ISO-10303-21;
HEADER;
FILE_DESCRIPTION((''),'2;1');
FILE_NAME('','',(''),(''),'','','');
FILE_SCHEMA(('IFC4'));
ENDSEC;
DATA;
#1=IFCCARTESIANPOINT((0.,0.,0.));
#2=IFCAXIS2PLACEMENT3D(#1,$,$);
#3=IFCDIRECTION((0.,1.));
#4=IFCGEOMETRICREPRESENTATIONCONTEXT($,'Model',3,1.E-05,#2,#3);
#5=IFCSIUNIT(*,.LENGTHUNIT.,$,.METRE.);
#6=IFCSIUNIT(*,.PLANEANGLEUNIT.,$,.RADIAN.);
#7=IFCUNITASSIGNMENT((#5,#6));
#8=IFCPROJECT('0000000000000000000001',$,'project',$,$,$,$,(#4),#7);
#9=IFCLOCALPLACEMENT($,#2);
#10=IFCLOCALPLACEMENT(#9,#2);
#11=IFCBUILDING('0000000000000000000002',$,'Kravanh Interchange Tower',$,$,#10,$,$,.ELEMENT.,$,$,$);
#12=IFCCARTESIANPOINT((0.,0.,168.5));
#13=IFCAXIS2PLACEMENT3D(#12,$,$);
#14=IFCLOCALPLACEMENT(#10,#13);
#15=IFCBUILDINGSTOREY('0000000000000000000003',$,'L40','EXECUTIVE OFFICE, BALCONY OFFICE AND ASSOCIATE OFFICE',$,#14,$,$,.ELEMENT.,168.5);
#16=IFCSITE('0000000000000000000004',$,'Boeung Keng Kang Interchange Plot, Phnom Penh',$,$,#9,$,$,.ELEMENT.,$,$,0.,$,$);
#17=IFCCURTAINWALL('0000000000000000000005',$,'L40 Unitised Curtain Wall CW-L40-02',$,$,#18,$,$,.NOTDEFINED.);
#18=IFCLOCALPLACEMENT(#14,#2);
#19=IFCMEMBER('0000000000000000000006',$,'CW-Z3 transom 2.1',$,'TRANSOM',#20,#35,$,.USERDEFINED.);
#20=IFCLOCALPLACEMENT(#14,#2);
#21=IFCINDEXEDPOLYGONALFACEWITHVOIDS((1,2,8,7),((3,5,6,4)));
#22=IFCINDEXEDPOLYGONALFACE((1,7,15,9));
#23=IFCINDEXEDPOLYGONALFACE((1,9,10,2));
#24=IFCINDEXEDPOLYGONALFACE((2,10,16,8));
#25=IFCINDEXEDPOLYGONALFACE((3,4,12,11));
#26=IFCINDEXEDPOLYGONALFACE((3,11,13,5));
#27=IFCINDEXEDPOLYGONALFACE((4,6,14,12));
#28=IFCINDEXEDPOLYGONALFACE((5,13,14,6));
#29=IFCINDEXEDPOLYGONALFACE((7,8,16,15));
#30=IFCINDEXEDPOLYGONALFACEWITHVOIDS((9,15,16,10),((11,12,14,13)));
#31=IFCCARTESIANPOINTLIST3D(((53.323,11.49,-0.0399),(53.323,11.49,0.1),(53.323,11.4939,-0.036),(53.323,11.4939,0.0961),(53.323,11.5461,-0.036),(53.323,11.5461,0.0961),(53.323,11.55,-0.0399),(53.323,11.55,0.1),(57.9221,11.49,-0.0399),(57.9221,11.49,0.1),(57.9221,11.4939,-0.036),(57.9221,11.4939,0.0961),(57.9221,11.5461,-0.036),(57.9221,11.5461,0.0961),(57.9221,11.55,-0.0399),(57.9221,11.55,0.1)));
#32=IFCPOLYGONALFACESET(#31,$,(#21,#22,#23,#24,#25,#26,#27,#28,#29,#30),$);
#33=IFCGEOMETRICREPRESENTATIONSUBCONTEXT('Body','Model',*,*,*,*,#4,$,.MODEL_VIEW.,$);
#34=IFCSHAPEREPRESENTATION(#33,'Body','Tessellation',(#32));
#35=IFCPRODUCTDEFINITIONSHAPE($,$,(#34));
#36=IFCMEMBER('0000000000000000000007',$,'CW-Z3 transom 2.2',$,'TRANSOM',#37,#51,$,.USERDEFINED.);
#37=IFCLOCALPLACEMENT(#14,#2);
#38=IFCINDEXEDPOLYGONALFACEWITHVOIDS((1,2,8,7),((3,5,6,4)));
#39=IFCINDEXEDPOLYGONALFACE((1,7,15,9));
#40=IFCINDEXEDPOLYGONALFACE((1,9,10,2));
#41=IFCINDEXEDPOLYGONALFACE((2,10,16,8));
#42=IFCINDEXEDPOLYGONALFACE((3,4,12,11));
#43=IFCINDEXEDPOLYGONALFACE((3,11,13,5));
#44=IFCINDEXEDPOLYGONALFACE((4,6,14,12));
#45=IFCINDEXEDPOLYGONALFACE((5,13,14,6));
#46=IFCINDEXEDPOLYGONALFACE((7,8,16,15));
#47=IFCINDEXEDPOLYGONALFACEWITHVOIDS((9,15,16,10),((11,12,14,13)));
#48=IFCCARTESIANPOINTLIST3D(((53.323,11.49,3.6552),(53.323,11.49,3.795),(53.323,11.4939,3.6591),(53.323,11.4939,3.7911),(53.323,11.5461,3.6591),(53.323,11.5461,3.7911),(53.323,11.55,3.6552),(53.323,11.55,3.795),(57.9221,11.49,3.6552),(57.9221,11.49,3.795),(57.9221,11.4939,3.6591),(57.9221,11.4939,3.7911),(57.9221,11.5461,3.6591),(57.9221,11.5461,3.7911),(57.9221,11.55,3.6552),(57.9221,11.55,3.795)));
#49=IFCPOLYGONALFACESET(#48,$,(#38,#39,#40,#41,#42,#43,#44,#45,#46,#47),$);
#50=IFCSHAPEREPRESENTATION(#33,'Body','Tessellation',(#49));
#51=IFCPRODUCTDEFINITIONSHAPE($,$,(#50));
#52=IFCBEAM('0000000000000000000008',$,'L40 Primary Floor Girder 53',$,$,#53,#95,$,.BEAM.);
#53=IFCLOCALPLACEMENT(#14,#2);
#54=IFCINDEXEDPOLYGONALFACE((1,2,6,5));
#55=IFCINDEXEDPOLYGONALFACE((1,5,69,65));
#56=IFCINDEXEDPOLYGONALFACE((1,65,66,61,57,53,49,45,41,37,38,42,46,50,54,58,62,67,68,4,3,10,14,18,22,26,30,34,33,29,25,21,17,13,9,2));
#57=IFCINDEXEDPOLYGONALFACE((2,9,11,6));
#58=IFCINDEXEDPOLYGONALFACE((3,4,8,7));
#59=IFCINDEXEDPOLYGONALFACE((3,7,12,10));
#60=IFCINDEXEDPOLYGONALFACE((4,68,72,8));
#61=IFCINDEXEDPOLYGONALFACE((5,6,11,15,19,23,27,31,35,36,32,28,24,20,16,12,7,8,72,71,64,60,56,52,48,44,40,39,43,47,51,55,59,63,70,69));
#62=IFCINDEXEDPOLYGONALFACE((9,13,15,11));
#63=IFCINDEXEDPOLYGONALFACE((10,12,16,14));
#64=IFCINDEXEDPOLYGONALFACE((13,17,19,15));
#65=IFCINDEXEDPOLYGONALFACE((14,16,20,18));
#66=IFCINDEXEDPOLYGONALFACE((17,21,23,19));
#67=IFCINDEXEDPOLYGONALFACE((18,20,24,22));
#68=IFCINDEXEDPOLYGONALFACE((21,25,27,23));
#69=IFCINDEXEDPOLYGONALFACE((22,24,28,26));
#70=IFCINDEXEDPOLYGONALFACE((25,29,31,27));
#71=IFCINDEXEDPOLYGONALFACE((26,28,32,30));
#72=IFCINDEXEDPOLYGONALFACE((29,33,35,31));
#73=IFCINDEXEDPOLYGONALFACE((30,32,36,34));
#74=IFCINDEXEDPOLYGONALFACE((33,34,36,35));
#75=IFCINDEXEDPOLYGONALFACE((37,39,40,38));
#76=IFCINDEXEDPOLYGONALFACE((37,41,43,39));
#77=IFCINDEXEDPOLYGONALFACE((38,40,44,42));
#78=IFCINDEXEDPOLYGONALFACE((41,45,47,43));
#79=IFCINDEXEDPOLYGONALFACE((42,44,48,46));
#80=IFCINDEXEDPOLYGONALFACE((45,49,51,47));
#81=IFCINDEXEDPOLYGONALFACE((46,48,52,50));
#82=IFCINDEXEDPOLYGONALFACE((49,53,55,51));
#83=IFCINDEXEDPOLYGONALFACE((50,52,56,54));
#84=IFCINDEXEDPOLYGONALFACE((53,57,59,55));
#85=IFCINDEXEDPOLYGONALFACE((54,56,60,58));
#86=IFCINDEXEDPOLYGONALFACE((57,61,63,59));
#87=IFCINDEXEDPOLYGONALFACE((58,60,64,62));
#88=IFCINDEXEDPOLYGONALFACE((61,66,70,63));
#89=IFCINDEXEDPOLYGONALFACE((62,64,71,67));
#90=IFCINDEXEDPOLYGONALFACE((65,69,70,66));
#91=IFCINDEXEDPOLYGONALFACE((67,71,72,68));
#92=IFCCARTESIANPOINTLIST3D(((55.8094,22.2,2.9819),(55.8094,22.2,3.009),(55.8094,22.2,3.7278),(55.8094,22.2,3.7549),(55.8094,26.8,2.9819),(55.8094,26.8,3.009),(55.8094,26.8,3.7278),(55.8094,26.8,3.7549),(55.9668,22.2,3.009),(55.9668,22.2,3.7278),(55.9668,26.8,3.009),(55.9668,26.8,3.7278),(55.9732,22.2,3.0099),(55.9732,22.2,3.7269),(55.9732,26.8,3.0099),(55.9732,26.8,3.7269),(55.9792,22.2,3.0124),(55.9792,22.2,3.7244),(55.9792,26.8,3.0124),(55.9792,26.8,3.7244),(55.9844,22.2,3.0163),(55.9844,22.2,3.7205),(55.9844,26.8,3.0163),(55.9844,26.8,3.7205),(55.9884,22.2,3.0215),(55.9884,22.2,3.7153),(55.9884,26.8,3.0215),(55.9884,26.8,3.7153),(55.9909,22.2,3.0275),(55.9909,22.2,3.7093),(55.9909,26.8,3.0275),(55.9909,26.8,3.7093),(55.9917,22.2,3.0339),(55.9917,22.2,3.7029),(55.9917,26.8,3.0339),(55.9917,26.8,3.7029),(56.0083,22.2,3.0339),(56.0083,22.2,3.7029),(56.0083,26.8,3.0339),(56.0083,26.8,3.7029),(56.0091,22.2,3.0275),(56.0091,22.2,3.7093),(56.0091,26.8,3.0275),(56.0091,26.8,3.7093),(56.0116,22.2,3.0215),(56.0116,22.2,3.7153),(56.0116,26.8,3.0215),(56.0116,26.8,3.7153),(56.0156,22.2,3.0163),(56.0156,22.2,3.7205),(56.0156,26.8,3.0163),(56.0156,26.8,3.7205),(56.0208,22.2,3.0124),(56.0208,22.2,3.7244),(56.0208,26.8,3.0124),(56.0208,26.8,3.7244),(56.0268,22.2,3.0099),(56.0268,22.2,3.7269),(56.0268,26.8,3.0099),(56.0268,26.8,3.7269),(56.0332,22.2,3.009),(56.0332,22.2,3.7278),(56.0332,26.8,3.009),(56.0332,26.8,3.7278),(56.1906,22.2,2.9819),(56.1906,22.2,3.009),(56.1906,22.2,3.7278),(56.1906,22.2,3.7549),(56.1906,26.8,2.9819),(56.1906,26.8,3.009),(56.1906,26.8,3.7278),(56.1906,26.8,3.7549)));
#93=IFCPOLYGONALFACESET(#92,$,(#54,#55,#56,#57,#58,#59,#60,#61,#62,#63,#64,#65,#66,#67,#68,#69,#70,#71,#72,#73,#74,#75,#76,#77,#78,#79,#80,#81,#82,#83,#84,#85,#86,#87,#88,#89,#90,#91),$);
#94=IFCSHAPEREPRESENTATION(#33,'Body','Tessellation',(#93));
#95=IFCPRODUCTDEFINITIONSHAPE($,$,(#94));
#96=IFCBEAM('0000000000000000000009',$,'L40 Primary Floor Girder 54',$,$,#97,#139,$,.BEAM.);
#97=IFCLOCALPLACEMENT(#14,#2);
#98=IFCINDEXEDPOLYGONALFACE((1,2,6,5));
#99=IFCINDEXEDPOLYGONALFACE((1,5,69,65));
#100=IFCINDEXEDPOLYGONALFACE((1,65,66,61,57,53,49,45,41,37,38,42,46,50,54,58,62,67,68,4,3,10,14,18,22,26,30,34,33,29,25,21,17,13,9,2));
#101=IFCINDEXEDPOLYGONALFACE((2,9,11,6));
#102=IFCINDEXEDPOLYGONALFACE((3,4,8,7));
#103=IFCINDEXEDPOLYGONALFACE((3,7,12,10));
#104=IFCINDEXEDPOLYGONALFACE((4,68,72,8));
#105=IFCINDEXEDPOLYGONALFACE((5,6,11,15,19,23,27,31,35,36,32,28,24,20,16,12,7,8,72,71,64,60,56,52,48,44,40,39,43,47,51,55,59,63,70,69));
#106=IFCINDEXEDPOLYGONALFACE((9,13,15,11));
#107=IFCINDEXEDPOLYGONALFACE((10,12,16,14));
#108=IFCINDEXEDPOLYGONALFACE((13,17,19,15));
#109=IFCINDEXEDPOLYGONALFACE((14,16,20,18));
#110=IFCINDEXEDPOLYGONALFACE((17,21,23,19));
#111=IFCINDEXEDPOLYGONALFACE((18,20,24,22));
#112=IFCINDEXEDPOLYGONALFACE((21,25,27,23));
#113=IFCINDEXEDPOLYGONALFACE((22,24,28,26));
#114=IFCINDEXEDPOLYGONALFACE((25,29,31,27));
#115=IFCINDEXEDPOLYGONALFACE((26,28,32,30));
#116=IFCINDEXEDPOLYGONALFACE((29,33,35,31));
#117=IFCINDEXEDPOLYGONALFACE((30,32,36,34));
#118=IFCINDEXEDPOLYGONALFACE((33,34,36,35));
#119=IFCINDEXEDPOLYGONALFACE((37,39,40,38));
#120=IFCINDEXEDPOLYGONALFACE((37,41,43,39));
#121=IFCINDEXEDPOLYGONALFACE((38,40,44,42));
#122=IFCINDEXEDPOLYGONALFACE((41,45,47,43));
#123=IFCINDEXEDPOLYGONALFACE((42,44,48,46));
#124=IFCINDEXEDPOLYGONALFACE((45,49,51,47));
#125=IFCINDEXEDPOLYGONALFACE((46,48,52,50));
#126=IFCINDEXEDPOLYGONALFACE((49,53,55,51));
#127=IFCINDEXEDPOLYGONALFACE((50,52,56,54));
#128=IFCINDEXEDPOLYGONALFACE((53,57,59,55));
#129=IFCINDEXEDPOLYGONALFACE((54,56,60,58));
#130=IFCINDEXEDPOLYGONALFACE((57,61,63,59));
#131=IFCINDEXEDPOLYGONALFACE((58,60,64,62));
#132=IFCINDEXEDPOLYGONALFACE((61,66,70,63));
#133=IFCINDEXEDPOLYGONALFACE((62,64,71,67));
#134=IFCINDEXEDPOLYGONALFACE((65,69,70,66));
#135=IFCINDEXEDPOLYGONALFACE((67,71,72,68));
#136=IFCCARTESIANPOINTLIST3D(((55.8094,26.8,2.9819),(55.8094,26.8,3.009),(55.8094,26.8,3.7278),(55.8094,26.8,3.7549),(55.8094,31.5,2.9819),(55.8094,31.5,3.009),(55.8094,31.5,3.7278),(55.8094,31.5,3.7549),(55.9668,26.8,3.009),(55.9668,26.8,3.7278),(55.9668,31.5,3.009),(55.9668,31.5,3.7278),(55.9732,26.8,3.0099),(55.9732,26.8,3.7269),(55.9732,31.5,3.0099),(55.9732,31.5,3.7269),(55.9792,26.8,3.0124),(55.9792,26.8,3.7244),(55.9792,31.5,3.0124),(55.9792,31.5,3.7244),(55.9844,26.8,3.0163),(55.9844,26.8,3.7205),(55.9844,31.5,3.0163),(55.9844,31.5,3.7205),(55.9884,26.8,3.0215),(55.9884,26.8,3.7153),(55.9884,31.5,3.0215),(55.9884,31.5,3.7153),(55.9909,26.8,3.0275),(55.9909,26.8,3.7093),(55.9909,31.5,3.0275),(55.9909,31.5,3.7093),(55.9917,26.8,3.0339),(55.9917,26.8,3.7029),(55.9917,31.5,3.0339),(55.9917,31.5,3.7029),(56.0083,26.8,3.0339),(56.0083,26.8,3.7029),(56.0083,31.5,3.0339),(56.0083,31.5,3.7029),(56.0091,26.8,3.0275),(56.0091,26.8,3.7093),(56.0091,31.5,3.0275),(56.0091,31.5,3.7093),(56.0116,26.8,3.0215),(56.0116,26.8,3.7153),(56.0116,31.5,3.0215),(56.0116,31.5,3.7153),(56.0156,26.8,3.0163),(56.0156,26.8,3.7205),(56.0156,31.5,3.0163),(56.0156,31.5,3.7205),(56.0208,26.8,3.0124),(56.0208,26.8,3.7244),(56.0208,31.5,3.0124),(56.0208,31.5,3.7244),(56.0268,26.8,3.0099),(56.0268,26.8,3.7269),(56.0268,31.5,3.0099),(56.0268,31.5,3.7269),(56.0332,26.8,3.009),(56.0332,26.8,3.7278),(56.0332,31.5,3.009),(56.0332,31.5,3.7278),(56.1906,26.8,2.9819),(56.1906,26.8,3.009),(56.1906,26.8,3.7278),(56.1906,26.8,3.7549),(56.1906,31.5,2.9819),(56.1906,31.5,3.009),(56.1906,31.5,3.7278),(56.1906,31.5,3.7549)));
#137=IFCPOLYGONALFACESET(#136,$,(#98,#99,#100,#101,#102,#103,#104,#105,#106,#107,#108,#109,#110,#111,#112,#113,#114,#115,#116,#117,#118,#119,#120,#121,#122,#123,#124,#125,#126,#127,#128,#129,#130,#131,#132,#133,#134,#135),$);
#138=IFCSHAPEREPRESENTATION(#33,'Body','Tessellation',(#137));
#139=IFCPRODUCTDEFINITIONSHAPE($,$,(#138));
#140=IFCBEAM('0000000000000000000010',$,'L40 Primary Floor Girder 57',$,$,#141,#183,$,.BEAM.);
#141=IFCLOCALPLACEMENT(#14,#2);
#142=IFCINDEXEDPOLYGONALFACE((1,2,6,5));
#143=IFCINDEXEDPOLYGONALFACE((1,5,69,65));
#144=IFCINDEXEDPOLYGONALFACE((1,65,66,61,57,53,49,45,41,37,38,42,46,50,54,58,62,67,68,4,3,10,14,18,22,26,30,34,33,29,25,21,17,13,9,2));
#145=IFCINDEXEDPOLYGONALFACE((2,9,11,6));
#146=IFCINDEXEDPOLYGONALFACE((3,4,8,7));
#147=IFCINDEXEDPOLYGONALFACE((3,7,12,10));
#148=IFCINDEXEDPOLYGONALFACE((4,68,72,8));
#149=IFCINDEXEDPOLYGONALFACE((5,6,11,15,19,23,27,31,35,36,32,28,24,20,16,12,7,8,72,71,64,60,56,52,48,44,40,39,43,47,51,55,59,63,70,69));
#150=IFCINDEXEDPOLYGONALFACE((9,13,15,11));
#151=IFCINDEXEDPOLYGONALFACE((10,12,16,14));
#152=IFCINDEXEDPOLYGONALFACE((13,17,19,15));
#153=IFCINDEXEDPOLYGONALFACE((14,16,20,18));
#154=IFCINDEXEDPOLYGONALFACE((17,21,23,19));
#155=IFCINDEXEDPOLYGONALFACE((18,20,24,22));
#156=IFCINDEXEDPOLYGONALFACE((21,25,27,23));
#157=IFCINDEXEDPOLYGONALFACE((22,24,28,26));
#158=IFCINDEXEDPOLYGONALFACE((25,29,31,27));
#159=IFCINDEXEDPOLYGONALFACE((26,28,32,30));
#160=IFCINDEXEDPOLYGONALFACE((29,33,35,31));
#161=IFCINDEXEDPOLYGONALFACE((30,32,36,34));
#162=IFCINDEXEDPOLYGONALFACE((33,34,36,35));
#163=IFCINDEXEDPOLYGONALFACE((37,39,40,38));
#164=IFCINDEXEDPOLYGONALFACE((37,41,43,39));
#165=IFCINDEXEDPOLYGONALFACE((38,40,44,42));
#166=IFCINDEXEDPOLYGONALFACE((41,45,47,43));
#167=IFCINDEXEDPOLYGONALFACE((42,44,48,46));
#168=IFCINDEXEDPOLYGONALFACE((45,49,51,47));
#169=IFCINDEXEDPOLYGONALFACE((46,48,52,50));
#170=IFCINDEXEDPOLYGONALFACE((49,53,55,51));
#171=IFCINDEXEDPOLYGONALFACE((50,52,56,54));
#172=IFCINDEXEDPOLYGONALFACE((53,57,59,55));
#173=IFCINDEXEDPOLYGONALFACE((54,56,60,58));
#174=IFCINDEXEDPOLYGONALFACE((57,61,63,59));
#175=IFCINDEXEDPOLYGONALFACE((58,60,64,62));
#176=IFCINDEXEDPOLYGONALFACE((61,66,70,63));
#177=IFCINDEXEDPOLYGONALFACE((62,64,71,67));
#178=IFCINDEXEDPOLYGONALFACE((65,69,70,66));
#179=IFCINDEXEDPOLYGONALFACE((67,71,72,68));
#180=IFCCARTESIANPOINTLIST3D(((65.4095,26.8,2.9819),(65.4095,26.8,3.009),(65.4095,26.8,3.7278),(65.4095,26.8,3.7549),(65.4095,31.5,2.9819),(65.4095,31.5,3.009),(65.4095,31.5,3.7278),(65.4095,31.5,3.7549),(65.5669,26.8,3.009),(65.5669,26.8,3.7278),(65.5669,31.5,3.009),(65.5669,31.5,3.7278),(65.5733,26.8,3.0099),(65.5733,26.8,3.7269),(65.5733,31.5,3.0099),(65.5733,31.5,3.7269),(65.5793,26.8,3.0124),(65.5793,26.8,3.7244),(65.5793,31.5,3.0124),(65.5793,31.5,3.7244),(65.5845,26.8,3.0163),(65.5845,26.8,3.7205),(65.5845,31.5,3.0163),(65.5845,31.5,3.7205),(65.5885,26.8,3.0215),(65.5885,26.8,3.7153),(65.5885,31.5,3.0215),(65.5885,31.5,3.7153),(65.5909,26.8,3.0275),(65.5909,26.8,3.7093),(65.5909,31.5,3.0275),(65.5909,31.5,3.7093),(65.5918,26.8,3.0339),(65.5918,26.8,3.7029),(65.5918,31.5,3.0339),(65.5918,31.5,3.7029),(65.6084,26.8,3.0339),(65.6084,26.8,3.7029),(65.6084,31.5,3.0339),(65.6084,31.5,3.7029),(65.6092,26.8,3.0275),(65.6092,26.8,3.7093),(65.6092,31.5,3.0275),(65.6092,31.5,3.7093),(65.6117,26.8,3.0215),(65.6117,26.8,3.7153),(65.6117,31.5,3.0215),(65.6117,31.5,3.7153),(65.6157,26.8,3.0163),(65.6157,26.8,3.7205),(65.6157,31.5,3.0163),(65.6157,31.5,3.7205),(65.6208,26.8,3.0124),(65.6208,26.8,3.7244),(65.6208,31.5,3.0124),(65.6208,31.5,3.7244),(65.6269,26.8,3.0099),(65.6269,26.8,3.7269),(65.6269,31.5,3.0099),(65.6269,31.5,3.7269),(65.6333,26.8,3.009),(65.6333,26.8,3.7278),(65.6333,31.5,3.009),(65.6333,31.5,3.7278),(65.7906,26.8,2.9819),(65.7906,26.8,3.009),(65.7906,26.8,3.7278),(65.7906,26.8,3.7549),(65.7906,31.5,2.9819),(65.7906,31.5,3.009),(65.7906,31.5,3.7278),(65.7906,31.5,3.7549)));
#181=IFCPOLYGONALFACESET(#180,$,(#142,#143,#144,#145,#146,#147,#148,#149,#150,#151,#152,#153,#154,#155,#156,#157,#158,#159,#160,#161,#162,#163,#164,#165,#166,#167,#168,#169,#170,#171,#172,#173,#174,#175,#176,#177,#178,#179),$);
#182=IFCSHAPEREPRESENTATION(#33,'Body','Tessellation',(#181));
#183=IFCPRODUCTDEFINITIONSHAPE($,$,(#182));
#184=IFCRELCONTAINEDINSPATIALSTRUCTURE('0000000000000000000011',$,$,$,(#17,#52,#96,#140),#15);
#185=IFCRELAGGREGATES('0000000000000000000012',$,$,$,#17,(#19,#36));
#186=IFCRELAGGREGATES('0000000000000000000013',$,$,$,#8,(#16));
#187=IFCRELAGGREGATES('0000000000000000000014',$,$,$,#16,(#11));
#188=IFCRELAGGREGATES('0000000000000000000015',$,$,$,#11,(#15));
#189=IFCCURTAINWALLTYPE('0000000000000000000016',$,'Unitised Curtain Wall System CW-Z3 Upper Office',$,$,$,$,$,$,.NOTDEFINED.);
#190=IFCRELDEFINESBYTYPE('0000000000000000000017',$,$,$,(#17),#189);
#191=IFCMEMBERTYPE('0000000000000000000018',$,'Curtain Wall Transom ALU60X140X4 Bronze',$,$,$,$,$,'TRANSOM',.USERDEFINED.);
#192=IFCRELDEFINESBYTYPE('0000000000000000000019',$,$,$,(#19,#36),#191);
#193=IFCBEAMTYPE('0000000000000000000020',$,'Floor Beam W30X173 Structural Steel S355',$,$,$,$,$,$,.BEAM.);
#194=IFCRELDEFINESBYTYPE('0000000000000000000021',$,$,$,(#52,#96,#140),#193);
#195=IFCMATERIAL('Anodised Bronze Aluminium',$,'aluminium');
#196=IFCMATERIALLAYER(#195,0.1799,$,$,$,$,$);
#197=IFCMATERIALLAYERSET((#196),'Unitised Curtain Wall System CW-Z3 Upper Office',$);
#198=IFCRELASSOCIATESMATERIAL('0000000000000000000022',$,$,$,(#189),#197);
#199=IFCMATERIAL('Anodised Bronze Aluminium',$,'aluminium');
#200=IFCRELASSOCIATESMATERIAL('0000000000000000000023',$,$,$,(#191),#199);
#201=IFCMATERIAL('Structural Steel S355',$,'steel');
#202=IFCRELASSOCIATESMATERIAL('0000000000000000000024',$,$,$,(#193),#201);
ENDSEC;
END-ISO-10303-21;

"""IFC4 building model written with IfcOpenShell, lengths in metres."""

from ifc_helpers import new_model, si_unit, direction, frame, origin, origin_2d, place, context, subcontext, project, spatial, hollow_rectangle, i_section, extrude, material, layer, layer_set, material_profile, profile_set, type_object, element, aggregate, save


model = new_model("IFC4")

# Units and contexts
model_context = context("Model", 3, precision=1e-05, world=origin(), true_north=direction((0.0, 1.0)))
body_context = subcontext(model_context, "Body", "Model", "MODEL_VIEW")
ifc_project = project(units=[si_unit("LENGTHUNIT", "METRE"), si_unit("PLANEANGLEUNIT", "RADIAN")], contexts=[model_context])

# Site, building, storey
site_placement = place(None, origin())
site = spatial("IfcSite", under=ifc_project, at=site_placement, Name="Boeung Keng Kang Interchange Plot, Phnom Penh", CompositionType="ELEMENT", RefElevation=0.0)
building_placement = place(site_placement, origin())
building = spatial("IfcBuilding", under=site, at=building_placement, Name="Kravanh Interchange Tower", CompositionType="ELEMENT")
storey_placement = place(building_placement, frame((0.0, 0.0, 168.5)))
storey = spatial("IfcBuildingStorey", under=building, at=storey_placement, Name="L40", Description="EXECUTIVE OFFICE, BALCONY OFFICE AND ASSOCIATE OFFICE", CompositionType="ELEMENT", Elevation=168.5)

# Curtain wall
ifc_material_1 = material(Name="Anodised Bronze Aluminium", Category="aluminium")
ifc_layer_1 = layer(ifc_material_1, 0.1799)
ifc_layer_set_1 = layer_set([ifc_layer_1], Name="Unitised Curtain Wall System CW-Z3 Upper Office")
curtain_wall_type = type_object("IfcCurtainWallType", Name="Unitised Curtain Wall System CW-Z3 Upper Office", PredefinedType="NOTDEFINED", material=ifc_layer_set_1)
curtain_wall_1_placement = place(storey_placement, origin())
curtain_wall_1 = element("IfcCurtainWall", 1, at=curtain_wall_1_placement, inside=storey, type_object=curtain_wall_type, Name="L40 Unitised Curtain Wall CW-L40-02", PredefinedType="NOTDEFINED")

# Members
ifc_material_2 = material(Name="Anodised Bronze Aluminium", Category="aluminium")
ifc_material_profile_1 = material_profile(ifc_material_2, hollow_rectangle(XDim=0.0601, YDim=0.1399, WallThickness=0.0039, at=origin_2d()), Name="ALU60X140X4")
ifc_profile_set_1 = profile_set([ifc_material_profile_1], Name="Anodised Bronze Aluminium")
member_type_1 = type_object("IfcMemberType", Name="Curtain Wall Transom ALU60X140X4 Bronze", ElementType="TRANSOM", PredefinedType="USERDEFINED", material=ifc_profile_set_1)
member_1_placement = place(storey_placement, frame((57.9221, 11.52, 0.03), z_axis=(-1.0, 0.0, 0.0), x_axis=(0.0, -1.0, 0.0)))
member_1 = element("IfcMember", 2, at=member_1_placement, type_object=member_type_1, Name="CW-Z3 transom 2.1", ObjectType="TRANSOM", PredefinedType="USERDEFINED", context=body_context, shape_type="SweptSolid", body=[
    extrude(hollow_rectangle(XDim=0.0601, YDim=0.1399, WallThickness=0.0039, at=origin_2d()), origin(), (0.0, 0.0, 1.0), 4.5991),
])
member_2_placement = place(storey_placement, frame((57.9221, 11.52, 3.7251), z_axis=(-1.0, 0.0, 0.0), x_axis=(0.0, -1.0, 0.0)))
member_2 = element("IfcMember", 3, at=member_2_placement, type_object=member_type_1, Name="CW-Z3 transom 2.2", ObjectType="TRANSOM", PredefinedType="USERDEFINED", context=body_context, shape_type="SweptSolid", body=[
    extrude(hollow_rectangle(XDim=0.0601, YDim=0.1399, WallThickness=0.0039, at=origin_2d()), origin(), (0.0, 0.0, 1.0), 4.5991),
])

# Beams
ifc_material_3 = material(Name="Structural Steel S355", Category="steel")
ifc_material_profile_2 = material_profile(ifc_material_3, i_section(OverallWidth=0.3811, OverallDepth=0.7729, WebThickness=0.0166, FlangeThickness=0.0271, FilletRadius=0.0249, at=origin_2d()), Name="W30X173")
ifc_profile_set_2 = profile_set([ifc_material_profile_2], Name="Structural Steel S355")
beam_type_1 = type_object("IfcBeamType", Name="Floor Beam W30X173 Structural Steel S355", PredefinedType="BEAM", material=ifc_profile_set_2)
beam_1_placement = place(storey_placement, frame((56.0, 26.8, 3.3684), z_axis=(0.0, -1.0, 0.0), x_axis=(1.0, 0.0, 0.0)))
element("IfcBeam", 4, at=beam_1_placement, inside=storey, type_object=beam_type_1, Name="L40 Primary Floor Girder 53", PredefinedType="BEAM", context=body_context, shape_type="SweptSolid", body=[
    extrude(i_section(OverallWidth=0.3811, OverallDepth=0.7729, WebThickness=0.0166, FlangeThickness=0.0271, FilletRadius=0.0249, at=origin_2d()), origin(), (0.0, 0.0, 1.0), 4.6001),
])
for number, where, z_axis, x_axis, name in (
    (5, (56.0, 26.8, 3.3684), (0.0, 1.0, 0.0), (-1.0, 0.0, 0.0), "L40 Primary Floor Girder 54"),
    (6, (65.6001, 26.8, 3.3684), (0.0, 1.0, 0.0), (-1.0, 0.0, 0.0), "L40 Primary Floor Girder 57"),
):
    element("IfcBeam", number, at=place(storey_placement, frame(where, z_axis=z_axis, x_axis=x_axis)), inside=storey, type_object=beam_type_1, Name=name, PredefinedType="BEAM", context=body_context, shape_type="SweptSolid", body=[
        extrude(i_section(OverallWidth=0.3811, OverallDepth=0.7729, WebThickness=0.0166, FlangeThickness=0.0271, FilletRadius=0.0249, at=origin_2d()), origin(), (0.0, 0.0, 1.0), 4.7),
    ])

aggregate(curtain_wall_1, [member_1, member_2])

save(model, "model.ifc")
